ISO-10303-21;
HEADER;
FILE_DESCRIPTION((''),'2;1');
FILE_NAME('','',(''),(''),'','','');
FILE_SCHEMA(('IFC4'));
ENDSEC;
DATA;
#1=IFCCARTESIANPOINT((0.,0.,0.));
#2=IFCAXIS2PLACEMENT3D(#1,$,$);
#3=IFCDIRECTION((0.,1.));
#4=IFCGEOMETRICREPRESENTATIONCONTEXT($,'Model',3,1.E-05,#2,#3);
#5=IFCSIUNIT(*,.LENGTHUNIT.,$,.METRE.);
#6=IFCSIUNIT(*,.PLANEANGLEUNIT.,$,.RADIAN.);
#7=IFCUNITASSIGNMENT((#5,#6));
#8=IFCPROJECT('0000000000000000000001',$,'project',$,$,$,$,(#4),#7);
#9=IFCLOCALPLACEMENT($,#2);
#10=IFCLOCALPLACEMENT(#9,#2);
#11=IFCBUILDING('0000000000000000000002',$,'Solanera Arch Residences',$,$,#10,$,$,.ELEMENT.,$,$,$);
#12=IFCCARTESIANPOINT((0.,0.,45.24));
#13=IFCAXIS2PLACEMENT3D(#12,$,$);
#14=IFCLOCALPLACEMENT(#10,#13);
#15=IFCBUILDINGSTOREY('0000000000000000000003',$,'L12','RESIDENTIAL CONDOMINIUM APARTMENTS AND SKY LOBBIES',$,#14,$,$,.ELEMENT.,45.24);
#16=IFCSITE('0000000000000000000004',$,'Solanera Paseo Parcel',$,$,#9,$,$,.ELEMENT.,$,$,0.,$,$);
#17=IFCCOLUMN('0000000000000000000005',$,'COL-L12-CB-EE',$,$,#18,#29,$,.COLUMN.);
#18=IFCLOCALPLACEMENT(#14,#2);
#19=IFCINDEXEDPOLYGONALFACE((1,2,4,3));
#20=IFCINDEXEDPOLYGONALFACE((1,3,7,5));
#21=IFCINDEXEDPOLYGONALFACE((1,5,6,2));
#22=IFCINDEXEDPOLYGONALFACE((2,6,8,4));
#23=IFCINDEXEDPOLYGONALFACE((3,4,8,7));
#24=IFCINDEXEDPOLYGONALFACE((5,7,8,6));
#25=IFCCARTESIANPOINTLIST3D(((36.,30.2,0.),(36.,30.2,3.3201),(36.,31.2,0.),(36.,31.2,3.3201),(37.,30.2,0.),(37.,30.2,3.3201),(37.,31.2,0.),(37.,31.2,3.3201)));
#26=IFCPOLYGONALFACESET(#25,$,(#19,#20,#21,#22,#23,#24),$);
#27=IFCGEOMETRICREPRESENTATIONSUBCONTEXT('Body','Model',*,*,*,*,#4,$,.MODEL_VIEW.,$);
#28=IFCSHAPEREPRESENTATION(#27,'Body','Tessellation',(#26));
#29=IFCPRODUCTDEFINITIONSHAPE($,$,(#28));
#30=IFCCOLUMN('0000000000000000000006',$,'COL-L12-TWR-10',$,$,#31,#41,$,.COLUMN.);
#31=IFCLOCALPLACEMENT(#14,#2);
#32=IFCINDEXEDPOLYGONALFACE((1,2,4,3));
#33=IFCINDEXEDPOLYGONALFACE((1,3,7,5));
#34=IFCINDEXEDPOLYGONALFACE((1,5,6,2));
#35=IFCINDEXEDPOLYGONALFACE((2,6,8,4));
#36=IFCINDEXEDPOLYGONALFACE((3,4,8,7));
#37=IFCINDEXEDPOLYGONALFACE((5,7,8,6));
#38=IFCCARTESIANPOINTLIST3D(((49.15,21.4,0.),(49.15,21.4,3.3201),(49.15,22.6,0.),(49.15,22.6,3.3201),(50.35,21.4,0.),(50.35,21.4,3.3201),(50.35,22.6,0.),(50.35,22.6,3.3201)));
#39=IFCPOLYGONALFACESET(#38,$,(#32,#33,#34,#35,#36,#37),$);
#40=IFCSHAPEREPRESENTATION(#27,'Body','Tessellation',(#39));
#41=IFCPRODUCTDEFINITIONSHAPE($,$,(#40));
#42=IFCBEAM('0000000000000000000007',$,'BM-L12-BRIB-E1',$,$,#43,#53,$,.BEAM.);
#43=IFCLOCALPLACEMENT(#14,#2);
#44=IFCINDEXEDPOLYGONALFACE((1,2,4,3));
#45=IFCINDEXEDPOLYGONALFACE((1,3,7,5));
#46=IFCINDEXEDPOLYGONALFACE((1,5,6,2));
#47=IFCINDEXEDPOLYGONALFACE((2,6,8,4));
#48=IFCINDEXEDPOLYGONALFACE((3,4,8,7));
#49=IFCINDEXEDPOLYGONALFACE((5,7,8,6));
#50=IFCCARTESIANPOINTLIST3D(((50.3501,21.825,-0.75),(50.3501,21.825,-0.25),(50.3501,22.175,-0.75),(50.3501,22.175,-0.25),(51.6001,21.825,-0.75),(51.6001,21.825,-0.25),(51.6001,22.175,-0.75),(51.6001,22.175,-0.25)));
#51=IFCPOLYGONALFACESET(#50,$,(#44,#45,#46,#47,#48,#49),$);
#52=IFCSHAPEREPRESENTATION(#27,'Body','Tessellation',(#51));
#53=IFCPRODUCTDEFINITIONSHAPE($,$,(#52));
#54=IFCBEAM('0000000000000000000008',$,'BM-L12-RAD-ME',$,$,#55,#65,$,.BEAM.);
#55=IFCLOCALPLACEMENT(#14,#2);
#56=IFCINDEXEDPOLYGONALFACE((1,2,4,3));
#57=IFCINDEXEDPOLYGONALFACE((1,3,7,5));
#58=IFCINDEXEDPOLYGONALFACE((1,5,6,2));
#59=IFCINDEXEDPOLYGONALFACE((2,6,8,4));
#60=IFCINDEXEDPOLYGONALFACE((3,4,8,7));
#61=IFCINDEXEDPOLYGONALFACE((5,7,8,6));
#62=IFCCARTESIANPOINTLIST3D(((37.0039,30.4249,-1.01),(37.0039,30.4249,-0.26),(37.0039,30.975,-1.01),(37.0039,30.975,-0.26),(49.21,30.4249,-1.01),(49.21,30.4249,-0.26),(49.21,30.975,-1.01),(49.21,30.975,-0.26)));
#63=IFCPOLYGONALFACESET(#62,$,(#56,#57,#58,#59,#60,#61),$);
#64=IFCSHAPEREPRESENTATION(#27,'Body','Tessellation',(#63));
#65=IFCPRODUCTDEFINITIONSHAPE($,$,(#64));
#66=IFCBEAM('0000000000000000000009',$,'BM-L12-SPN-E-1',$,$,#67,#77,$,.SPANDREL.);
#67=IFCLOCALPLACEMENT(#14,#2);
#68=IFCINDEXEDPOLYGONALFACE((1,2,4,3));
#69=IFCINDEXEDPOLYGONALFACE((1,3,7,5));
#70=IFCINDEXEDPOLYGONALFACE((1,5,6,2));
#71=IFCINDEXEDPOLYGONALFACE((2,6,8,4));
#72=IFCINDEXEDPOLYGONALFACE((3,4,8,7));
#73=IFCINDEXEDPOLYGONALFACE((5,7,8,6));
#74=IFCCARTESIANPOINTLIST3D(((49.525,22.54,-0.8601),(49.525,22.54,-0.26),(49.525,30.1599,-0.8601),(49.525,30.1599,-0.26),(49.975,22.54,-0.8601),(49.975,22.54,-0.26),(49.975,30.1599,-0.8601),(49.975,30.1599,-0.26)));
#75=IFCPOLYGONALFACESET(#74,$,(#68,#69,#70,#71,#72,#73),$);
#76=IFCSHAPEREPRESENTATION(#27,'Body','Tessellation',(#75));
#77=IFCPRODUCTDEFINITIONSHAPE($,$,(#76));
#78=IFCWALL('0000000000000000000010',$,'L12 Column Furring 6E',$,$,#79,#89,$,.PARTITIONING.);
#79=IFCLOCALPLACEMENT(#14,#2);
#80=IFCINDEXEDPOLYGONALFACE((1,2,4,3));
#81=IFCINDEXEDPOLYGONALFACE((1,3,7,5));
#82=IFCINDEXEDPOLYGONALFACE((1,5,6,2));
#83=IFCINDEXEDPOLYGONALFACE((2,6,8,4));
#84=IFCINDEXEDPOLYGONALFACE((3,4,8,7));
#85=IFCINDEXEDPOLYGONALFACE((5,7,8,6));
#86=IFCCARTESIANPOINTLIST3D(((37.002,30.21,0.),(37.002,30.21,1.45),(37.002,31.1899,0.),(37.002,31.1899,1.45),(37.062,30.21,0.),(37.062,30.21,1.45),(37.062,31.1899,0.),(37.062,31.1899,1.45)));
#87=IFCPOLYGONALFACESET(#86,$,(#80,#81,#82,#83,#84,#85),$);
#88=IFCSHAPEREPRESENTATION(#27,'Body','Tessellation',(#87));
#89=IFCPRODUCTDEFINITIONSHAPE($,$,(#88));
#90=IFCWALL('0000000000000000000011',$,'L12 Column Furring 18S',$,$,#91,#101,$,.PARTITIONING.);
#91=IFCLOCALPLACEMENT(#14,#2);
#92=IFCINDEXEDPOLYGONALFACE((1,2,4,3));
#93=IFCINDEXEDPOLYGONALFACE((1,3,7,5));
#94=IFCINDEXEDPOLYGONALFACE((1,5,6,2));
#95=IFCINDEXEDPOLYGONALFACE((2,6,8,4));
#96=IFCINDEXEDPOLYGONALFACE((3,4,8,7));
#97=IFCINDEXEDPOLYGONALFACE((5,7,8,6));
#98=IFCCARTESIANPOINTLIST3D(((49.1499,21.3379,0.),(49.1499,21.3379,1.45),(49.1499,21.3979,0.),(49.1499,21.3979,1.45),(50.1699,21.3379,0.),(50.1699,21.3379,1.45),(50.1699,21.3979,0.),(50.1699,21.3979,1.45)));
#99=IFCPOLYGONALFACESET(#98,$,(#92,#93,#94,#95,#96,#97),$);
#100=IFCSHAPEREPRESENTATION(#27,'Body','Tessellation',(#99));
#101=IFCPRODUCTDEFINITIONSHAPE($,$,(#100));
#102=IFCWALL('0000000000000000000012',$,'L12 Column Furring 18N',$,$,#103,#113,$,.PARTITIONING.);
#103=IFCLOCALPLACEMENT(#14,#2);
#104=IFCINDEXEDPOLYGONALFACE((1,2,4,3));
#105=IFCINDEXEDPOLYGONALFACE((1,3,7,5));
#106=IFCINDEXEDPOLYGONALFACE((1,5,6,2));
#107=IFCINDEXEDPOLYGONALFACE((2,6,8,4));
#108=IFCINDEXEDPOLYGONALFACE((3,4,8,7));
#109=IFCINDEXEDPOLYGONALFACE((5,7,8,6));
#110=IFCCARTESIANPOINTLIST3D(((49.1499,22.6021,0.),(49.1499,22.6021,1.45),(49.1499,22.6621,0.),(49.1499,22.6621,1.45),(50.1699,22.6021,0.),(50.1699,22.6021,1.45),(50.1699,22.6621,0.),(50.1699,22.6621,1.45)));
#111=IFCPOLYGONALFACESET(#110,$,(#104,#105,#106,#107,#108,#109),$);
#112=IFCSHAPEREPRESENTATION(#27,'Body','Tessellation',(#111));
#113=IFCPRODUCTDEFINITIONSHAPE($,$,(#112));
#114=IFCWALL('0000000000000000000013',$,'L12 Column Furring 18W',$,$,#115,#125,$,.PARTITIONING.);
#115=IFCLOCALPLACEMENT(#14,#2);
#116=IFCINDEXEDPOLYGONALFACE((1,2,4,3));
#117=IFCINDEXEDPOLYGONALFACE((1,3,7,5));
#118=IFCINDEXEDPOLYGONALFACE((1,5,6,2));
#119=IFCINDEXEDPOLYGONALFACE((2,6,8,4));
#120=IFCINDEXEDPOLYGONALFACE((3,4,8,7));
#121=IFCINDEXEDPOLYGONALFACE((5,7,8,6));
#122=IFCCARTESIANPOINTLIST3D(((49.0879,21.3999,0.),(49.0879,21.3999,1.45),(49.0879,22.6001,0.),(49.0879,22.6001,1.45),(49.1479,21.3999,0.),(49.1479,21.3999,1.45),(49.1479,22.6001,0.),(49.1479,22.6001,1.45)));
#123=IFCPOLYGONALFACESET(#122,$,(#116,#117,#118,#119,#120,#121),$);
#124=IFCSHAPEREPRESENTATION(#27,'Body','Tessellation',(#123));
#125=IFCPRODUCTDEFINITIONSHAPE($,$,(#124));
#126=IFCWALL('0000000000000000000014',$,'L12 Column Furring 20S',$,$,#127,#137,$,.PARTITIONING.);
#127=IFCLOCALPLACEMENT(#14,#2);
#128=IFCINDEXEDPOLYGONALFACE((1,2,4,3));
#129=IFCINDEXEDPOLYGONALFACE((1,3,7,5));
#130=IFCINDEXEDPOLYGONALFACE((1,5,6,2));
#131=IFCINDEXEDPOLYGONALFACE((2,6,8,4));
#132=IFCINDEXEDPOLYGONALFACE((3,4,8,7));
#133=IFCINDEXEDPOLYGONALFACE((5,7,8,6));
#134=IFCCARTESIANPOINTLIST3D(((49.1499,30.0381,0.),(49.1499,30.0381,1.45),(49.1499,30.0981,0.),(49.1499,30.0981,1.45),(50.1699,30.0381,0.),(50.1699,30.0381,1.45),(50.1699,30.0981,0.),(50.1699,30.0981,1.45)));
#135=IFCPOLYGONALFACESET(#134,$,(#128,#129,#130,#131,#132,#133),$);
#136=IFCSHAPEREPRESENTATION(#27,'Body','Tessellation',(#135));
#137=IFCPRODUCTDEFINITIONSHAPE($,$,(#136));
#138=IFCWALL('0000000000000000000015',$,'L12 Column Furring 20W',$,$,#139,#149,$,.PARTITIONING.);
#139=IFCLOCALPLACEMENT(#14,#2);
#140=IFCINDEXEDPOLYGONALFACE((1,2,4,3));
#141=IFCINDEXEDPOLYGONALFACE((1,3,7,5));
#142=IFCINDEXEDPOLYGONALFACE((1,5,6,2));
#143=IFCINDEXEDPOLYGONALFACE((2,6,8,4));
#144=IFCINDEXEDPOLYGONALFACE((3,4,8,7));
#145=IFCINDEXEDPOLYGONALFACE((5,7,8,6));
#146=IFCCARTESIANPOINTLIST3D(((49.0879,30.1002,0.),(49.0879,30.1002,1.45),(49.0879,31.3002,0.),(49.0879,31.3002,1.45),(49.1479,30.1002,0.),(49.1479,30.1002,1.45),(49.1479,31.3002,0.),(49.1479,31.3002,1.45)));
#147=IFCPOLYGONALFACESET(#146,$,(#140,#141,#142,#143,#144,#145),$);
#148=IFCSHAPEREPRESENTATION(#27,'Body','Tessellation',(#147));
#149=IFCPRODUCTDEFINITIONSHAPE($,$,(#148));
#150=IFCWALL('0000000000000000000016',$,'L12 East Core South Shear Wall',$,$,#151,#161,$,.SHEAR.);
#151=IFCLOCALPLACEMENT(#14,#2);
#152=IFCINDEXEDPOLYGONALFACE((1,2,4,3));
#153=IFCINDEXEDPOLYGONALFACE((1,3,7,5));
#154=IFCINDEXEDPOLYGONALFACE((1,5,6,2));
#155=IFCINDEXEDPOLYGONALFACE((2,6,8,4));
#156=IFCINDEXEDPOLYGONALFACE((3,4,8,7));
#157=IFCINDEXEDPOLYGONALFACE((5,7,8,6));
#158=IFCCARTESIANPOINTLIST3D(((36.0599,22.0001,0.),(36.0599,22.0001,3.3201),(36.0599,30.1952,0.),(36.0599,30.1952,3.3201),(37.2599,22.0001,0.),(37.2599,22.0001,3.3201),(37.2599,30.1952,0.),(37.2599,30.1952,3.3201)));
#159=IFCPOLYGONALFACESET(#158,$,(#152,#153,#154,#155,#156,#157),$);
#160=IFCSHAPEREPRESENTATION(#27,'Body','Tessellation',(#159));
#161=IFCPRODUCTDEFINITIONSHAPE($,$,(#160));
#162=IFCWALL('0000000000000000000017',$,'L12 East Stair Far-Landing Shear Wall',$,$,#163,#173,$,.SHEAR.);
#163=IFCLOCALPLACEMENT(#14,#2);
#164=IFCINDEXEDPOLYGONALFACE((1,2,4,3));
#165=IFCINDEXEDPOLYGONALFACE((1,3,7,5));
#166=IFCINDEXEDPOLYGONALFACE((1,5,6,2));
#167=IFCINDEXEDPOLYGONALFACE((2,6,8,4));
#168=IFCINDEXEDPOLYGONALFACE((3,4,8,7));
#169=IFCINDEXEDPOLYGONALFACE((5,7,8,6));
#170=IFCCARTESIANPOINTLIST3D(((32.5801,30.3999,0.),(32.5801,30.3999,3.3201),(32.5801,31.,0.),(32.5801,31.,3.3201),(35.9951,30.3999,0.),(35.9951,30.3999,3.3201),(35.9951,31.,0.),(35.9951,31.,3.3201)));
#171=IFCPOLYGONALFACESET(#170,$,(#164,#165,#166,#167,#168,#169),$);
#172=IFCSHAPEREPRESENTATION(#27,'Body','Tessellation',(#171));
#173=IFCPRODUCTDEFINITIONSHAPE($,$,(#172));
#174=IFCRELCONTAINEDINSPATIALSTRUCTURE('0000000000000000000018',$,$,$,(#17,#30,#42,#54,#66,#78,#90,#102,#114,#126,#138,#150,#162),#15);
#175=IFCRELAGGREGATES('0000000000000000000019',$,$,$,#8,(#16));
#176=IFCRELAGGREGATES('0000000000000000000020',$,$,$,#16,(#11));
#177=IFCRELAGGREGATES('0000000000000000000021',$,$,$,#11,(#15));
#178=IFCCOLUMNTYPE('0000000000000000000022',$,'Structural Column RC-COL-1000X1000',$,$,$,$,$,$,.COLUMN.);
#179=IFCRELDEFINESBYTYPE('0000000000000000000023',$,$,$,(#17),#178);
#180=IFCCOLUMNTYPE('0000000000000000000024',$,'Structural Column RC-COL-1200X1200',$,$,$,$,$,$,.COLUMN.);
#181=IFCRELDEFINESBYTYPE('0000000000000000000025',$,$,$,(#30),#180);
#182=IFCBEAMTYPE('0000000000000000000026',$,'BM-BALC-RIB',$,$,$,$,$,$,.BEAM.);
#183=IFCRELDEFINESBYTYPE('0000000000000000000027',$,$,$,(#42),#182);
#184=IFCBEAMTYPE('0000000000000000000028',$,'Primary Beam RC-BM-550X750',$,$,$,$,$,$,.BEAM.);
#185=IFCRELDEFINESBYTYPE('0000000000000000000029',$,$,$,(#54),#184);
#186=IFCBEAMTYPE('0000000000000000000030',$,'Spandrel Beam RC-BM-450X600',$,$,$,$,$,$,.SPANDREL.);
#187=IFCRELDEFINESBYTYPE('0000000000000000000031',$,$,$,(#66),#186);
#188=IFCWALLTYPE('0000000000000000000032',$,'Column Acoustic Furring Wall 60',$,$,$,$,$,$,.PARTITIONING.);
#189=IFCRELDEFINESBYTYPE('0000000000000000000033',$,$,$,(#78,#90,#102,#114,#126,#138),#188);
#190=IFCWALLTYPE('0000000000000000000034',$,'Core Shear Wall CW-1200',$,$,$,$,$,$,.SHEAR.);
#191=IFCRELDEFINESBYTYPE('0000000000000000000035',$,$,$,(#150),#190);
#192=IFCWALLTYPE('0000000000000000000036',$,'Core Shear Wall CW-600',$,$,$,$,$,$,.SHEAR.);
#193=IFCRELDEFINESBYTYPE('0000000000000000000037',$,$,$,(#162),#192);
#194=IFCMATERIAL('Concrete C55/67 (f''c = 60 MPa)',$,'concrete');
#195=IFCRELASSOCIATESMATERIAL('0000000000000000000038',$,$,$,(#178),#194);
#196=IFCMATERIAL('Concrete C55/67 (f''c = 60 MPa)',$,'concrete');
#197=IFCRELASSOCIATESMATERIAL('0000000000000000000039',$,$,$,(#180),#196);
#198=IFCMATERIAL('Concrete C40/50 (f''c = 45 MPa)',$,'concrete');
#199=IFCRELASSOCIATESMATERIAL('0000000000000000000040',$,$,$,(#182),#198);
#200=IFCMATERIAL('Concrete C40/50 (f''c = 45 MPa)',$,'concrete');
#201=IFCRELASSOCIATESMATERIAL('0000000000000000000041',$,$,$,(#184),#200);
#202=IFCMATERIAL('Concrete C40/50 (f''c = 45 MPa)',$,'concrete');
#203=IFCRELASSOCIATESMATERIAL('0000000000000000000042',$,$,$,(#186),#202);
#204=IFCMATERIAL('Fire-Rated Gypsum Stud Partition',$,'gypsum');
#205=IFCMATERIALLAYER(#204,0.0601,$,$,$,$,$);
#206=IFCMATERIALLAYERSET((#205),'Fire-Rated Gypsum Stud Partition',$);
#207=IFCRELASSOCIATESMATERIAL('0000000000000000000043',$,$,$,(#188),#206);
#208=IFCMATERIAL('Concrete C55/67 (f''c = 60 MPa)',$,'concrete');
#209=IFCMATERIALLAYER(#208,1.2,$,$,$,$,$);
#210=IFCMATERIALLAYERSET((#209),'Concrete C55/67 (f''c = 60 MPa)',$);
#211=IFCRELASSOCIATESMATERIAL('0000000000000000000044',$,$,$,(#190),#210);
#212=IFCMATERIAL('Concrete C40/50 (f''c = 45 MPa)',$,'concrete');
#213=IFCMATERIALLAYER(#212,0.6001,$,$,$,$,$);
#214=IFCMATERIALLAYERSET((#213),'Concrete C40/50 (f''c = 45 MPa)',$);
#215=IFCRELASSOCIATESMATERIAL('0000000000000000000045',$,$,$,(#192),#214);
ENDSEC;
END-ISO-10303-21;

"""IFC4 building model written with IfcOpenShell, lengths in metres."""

from ifc_helpers import new_model, si_unit, direction, frame, frame_2d, origin, origin_2d, place, context, subcontext, project, spatial, rectangle, extrude, material, layer, layer_set, material_profile, profile_set, type_object, element, save


model = new_model("IFC4")

# Units and contexts
model_context = context("Model", 3, precision=1e-05, world=origin(), true_north=direction((0.0, 1.0)))
body_context = subcontext(model_context, "Body", "Model", "MODEL_VIEW")
ifc_project = project(units=[si_unit("LENGTHUNIT", "METRE"), si_unit("PLANEANGLEUNIT", "RADIAN")], contexts=[model_context])

# Site, building, storey
site_placement = place(None, origin())
site = spatial("IfcSite", under=ifc_project, at=site_placement, Name="Solanera Paseo Parcel", CompositionType="ELEMENT", RefElevation=0.0)
building_placement = place(site_placement, origin())
building = spatial("IfcBuilding", under=site, at=building_placement, Name="Solanera Arch Residences", CompositionType="ELEMENT")
storey_placement = place(building_placement, frame((0.0, 0.0, 45.24)))
storey = spatial("IfcBuildingStorey", under=building, at=storey_placement, Name="L12", Description="RESIDENTIAL CONDOMINIUM APARTMENTS AND SKY LOBBIES", CompositionType="ELEMENT", Elevation=45.24)

# Columns
ifc_material_1 = material(Name="Concrete C55/67 (f'c = 60 MPa)", Category="concrete")
ifc_material_profile_1 = material_profile(ifc_material_1, rectangle(XDim=1.0, YDim=1.0, at=origin_2d()))
ifc_profile_set_1 = profile_set([ifc_material_profile_1], Name="Concrete C55/67 (f'c = 60 MPa)")
column_type_1 = type_object("IfcColumnType", Name="Structural Column RC-COL-1000X1000", PredefinedType="COLUMN", material=ifc_profile_set_1)
column_1_placement = place(storey_placement, frame((36.5, 30.7, 0.0), z_axis=(0.0, 0.0, 1.0), x_axis=(1.0, 0.0, 0.0)))
element("IfcColumn", 1, at=column_1_placement, inside=storey, type_object=column_type_1, Name="COL-L12-CB-EE", PredefinedType="COLUMN", context=body_context, shape_type="SweptSolid", body=[
    extrude(rectangle(XDim=1.0, YDim=1.0, at=origin_2d()), origin(), (0.0, 0.0, 1.0), 3.3201),
])
ifc_material_2 = material(Name="Concrete C55/67 (f'c = 60 MPa)", Category="concrete")
ifc_material_profile_2 = material_profile(ifc_material_2, rectangle(XDim=1.2, YDim=1.2, at=origin_2d()))
ifc_profile_set_2 = profile_set([ifc_material_profile_2], Name="Concrete C55/67 (f'c = 60 MPa)")
column_type_2 = type_object("IfcColumnType", Name="Structural Column RC-COL-1200X1200", PredefinedType="COLUMN", material=ifc_profile_set_2)
column_2_placement = place(storey_placement, frame((49.75, 22.0, 0.0), z_axis=(0.0, 0.0, 1.0), x_axis=(1.0, 0.0, 0.0)))
element("IfcColumn", 2, at=column_2_placement, inside=storey, type_object=column_type_2, Name="COL-L12-TWR-10", PredefinedType="COLUMN", context=body_context, shape_type="SweptSolid", body=[
    extrude(rectangle(XDim=1.2, YDim=1.2, at=origin_2d()), origin(), (0.0, 0.0, 1.0), 3.3201),
])

# Beams
ifc_material_3 = material(Name="Concrete C40/50 (f'c = 45 MPa)", Category="concrete")
ifc_material_profile_3 = material_profile(ifc_material_3, rectangle(XDim=0.3501, YDim=0.5, at=origin_2d()))
ifc_profile_set_3 = profile_set([ifc_material_profile_3], Name="Concrete C40/50 (f'c = 45 MPa)")
beam_type_1 = type_object("IfcBeamType", Name="BM-BALC-RIB", PredefinedType="BEAM", material=ifc_profile_set_3)
beam_1_placement = place(storey_placement, frame((50.3501, 22.0, -0.5), z_axis=(1.0, 0.0, 0.0), x_axis=(0.0, 1.0, 0.0)))
element("IfcBeam", 3, at=beam_1_placement, inside=storey, type_object=beam_type_1, Name="BM-L12-BRIB-E1", PredefinedType="BEAM", context=body_context, shape_type="SweptSolid", body=[
    extrude(rectangle(XDim=0.3501, YDim=0.5, at=origin_2d()), origin(), (0.0, 0.0, 1.0), 1.25),
])
ifc_material_4 = material(Name="Concrete C40/50 (f'c = 45 MPa)", Category="concrete")
ifc_material_profile_4 = material_profile(ifc_material_4, rectangle(XDim=0.55, YDim=0.75, at=origin_2d()))
ifc_profile_set_4 = profile_set([ifc_material_profile_4], Name="Concrete C40/50 (f'c = 45 MPa)")
beam_type_2 = type_object("IfcBeamType", Name="Primary Beam RC-BM-550X750", PredefinedType="BEAM", material=ifc_profile_set_4)
beam_2_placement = place(storey_placement, frame((37.0039, 30.7, -0.635), z_axis=(1.0, 0.0, 0.0), x_axis=(0.0, 1.0, 0.0)))
element("IfcBeam", 4, at=beam_2_placement, inside=storey, type_object=beam_type_2, Name="BM-L12-RAD-ME", PredefinedType="BEAM", context=body_context, shape_type="SweptSolid", body=[
    extrude(rectangle(XDim=0.55, YDim=0.75, at=origin_2d()), origin(), (0.0, 0.0, 1.0), 12.2061),
])
ifc_material_5 = material(Name="Concrete C40/50 (f'c = 45 MPa)", Category="concrete")
ifc_material_profile_5 = material_profile(ifc_material_5, rectangle(XDim=0.45, YDim=0.6001, at=origin_2d()))
ifc_profile_set_5 = profile_set([ifc_material_profile_5], Name="Concrete C40/50 (f'c = 45 MPa)")
beam_type_3 = type_object("IfcBeamType", Name="Spandrel Beam RC-BM-450X600", PredefinedType="SPANDREL", material=ifc_profile_set_5)
beam_3_placement = place(storey_placement, frame((49.75, 22.54, -0.5601), z_axis=(0.0, 1.0, 0.0), x_axis=(-1.0, 0.0, 0.0)))
element("IfcBeam", 5, at=beam_3_placement, inside=storey, type_object=beam_type_3, Name="BM-L12-SPN-E-1", PredefinedType="SPANDREL", context=body_context, shape_type="SweptSolid", body=[
    extrude(rectangle(XDim=0.45, YDim=0.6001, at=origin_2d()), origin(), (0.0, 0.0, 1.0), 7.6199),
])

# Walls
ifc_material_6 = material(Name="Fire-Rated Gypsum Stud Partition", Category="gypsum")
ifc_layer_1 = layer(ifc_material_6, 0.0601)
ifc_layer_set_1 = layer_set([ifc_layer_1], Name="Fire-Rated Gypsum Stud Partition")
wall_type_1 = type_object("IfcWallType", Name="Column Acoustic Furring Wall 60", PredefinedType="PARTITIONING", material=ifc_layer_set_1)
wall_1_placement = place(storey_placement, frame((37.032, 30.21, 0.0), z_axis=(0.0, 0.0, 1.0), x_axis=(0.0, 1.0, 0.0)))
element("IfcWall", 6, at=wall_1_placement, inside=storey, type_object=wall_type_1, Name="L12 Column Furring 6E", PredefinedType="PARTITIONING", context=body_context, shape_type="SweptSolid", body=[
    extrude(rectangle(XDim=0.98, YDim=0.0601, at=frame_2d((0.49, 0.0))), origin(), (0.0, 0.0, 1.0), 1.45),
])
for number, where, z_axis, x_axis, name in (
    (7, (49.1499, 21.3679, 0.0), (0.0, 0.0, 1.0), (1.0, 0.0, 0.0), "L12 Column Furring 18S"),
    (8, (49.1499, 22.6321, 0.0), (0.0, 0.0, 1.0), (1.0, 0.0, 0.0), "L12 Column Furring 18N"),
):
    element("IfcWall", number, at=place(storey_placement, frame(where, z_axis=z_axis, x_axis=x_axis)), inside=storey, type_object=wall_type_1, Name=name, PredefinedType="PARTITIONING", context=body_context, shape_type="SweptSolid", body=[
        extrude(rectangle(XDim=1.02, YDim=0.0601, at=frame_2d((0.51, 0.0))), origin(), (0.0, 0.0, 1.0), 1.45),
    ])
wall_2_placement = place(storey_placement, frame((49.1179, 21.3999, 0.0), z_axis=(0.0, 0.0, 1.0), x_axis=(0.0, 1.0, 0.0)))
element("IfcWall", 9, at=wall_2_placement, inside=storey, type_object=wall_type_1, Name="L12 Column Furring 18W", PredefinedType="PARTITIONING", context=body_context, shape_type="SweptSolid", body=[
    extrude(rectangle(XDim=1.2002, YDim=0.0601, at=frame_2d((0.6001, 0.0))), origin(), (0.0, 0.0, 1.0), 1.45),
])
wall_3_placement = place(storey_placement, frame((49.1499, 30.0681, 0.0), z_axis=(0.0, 0.0, 1.0), x_axis=(1.0, 0.0, 0.0)))
element("IfcWall", 10, at=wall_3_placement, inside=storey, type_object=wall_type_1, Name="L12 Column Furring 20S", PredefinedType="PARTITIONING", context=body_context, shape_type="SweptSolid", body=[
    extrude(rectangle(XDim=1.02, YDim=0.0601, at=frame_2d((0.51, 0.0))), origin(), (0.0, 0.0, 1.0), 1.45),
])
wall_4_placement = place(storey_placement, frame((49.1179, 30.1001, 0.0), z_axis=(0.0, 0.0, 1.0), x_axis=(0.0, 1.0, 0.0)))
element("IfcWall", 11, at=wall_4_placement, inside=storey, type_object=wall_type_1, Name="L12 Column Furring 20W", PredefinedType="PARTITIONING", context=body_context, shape_type="SweptSolid", body=[
    extrude(rectangle(XDim=1.2, YDim=0.0601, at=frame_2d((0.6001, 0.0))), origin(), (0.0, 0.0, 1.0), 1.45),
])
ifc_material_7 = material(Name="Concrete C55/67 (f'c = 60 MPa)", Category="concrete")
ifc_layer_2 = layer(ifc_material_7, 1.2)
ifc_layer_set_2 = layer_set([ifc_layer_2], Name="Concrete C55/67 (f'c = 60 MPa)")
wall_type_2 = type_object("IfcWallType", Name="Core Shear Wall CW-1200", PredefinedType="SHEAR", material=ifc_layer_set_2)
wall_5_placement = place(storey_placement, frame((36.6599, 22.0, 0.0), z_axis=(0.0, 0.0, 1.0), x_axis=(0.0, 1.0, 0.0)))
element("IfcWall", 12, at=wall_5_placement, inside=storey, type_object=wall_type_2, Name="L12 East Core South Shear Wall", PredefinedType="SHEAR", context=body_context, shape_type="SweptSolid", body=[
    extrude(rectangle(XDim=8.1951, YDim=1.2, at=frame_2d((4.0977, 0.0))), origin(), (0.0, 0.0, 1.0), 3.3201),
])
ifc_material_8 = material(Name="Concrete C40/50 (f'c = 45 MPa)", Category="concrete")
ifc_layer_3 = layer(ifc_material_8, 0.6001)
ifc_layer_set_3 = layer_set([ifc_layer_3], Name="Concrete C40/50 (f'c = 45 MPa)")
wall_type_3 = type_object("IfcWallType", Name="Core Shear Wall CW-600", PredefinedType="SHEAR", material=ifc_layer_set_3)
wall_6_placement = place(storey_placement, frame((32.5801, 30.7, 0.0), z_axis=(0.0, 0.0, 1.0), x_axis=(1.0, 0.0, 0.0)))
element("IfcWall", 13, at=wall_6_placement, inside=storey, type_object=wall_type_3, Name="L12 East Stair Far-Landing Shear Wall", PredefinedType="SHEAR", context=body_context, shape_type="SweptSolid", body=[
    extrude(rectangle(XDim=3.415, YDim=0.6001, at=frame_2d((1.7075, 0.0))), origin(), (0.0, 0.0, 1.0), 3.3201),
])

save(model, "model.ifc")
